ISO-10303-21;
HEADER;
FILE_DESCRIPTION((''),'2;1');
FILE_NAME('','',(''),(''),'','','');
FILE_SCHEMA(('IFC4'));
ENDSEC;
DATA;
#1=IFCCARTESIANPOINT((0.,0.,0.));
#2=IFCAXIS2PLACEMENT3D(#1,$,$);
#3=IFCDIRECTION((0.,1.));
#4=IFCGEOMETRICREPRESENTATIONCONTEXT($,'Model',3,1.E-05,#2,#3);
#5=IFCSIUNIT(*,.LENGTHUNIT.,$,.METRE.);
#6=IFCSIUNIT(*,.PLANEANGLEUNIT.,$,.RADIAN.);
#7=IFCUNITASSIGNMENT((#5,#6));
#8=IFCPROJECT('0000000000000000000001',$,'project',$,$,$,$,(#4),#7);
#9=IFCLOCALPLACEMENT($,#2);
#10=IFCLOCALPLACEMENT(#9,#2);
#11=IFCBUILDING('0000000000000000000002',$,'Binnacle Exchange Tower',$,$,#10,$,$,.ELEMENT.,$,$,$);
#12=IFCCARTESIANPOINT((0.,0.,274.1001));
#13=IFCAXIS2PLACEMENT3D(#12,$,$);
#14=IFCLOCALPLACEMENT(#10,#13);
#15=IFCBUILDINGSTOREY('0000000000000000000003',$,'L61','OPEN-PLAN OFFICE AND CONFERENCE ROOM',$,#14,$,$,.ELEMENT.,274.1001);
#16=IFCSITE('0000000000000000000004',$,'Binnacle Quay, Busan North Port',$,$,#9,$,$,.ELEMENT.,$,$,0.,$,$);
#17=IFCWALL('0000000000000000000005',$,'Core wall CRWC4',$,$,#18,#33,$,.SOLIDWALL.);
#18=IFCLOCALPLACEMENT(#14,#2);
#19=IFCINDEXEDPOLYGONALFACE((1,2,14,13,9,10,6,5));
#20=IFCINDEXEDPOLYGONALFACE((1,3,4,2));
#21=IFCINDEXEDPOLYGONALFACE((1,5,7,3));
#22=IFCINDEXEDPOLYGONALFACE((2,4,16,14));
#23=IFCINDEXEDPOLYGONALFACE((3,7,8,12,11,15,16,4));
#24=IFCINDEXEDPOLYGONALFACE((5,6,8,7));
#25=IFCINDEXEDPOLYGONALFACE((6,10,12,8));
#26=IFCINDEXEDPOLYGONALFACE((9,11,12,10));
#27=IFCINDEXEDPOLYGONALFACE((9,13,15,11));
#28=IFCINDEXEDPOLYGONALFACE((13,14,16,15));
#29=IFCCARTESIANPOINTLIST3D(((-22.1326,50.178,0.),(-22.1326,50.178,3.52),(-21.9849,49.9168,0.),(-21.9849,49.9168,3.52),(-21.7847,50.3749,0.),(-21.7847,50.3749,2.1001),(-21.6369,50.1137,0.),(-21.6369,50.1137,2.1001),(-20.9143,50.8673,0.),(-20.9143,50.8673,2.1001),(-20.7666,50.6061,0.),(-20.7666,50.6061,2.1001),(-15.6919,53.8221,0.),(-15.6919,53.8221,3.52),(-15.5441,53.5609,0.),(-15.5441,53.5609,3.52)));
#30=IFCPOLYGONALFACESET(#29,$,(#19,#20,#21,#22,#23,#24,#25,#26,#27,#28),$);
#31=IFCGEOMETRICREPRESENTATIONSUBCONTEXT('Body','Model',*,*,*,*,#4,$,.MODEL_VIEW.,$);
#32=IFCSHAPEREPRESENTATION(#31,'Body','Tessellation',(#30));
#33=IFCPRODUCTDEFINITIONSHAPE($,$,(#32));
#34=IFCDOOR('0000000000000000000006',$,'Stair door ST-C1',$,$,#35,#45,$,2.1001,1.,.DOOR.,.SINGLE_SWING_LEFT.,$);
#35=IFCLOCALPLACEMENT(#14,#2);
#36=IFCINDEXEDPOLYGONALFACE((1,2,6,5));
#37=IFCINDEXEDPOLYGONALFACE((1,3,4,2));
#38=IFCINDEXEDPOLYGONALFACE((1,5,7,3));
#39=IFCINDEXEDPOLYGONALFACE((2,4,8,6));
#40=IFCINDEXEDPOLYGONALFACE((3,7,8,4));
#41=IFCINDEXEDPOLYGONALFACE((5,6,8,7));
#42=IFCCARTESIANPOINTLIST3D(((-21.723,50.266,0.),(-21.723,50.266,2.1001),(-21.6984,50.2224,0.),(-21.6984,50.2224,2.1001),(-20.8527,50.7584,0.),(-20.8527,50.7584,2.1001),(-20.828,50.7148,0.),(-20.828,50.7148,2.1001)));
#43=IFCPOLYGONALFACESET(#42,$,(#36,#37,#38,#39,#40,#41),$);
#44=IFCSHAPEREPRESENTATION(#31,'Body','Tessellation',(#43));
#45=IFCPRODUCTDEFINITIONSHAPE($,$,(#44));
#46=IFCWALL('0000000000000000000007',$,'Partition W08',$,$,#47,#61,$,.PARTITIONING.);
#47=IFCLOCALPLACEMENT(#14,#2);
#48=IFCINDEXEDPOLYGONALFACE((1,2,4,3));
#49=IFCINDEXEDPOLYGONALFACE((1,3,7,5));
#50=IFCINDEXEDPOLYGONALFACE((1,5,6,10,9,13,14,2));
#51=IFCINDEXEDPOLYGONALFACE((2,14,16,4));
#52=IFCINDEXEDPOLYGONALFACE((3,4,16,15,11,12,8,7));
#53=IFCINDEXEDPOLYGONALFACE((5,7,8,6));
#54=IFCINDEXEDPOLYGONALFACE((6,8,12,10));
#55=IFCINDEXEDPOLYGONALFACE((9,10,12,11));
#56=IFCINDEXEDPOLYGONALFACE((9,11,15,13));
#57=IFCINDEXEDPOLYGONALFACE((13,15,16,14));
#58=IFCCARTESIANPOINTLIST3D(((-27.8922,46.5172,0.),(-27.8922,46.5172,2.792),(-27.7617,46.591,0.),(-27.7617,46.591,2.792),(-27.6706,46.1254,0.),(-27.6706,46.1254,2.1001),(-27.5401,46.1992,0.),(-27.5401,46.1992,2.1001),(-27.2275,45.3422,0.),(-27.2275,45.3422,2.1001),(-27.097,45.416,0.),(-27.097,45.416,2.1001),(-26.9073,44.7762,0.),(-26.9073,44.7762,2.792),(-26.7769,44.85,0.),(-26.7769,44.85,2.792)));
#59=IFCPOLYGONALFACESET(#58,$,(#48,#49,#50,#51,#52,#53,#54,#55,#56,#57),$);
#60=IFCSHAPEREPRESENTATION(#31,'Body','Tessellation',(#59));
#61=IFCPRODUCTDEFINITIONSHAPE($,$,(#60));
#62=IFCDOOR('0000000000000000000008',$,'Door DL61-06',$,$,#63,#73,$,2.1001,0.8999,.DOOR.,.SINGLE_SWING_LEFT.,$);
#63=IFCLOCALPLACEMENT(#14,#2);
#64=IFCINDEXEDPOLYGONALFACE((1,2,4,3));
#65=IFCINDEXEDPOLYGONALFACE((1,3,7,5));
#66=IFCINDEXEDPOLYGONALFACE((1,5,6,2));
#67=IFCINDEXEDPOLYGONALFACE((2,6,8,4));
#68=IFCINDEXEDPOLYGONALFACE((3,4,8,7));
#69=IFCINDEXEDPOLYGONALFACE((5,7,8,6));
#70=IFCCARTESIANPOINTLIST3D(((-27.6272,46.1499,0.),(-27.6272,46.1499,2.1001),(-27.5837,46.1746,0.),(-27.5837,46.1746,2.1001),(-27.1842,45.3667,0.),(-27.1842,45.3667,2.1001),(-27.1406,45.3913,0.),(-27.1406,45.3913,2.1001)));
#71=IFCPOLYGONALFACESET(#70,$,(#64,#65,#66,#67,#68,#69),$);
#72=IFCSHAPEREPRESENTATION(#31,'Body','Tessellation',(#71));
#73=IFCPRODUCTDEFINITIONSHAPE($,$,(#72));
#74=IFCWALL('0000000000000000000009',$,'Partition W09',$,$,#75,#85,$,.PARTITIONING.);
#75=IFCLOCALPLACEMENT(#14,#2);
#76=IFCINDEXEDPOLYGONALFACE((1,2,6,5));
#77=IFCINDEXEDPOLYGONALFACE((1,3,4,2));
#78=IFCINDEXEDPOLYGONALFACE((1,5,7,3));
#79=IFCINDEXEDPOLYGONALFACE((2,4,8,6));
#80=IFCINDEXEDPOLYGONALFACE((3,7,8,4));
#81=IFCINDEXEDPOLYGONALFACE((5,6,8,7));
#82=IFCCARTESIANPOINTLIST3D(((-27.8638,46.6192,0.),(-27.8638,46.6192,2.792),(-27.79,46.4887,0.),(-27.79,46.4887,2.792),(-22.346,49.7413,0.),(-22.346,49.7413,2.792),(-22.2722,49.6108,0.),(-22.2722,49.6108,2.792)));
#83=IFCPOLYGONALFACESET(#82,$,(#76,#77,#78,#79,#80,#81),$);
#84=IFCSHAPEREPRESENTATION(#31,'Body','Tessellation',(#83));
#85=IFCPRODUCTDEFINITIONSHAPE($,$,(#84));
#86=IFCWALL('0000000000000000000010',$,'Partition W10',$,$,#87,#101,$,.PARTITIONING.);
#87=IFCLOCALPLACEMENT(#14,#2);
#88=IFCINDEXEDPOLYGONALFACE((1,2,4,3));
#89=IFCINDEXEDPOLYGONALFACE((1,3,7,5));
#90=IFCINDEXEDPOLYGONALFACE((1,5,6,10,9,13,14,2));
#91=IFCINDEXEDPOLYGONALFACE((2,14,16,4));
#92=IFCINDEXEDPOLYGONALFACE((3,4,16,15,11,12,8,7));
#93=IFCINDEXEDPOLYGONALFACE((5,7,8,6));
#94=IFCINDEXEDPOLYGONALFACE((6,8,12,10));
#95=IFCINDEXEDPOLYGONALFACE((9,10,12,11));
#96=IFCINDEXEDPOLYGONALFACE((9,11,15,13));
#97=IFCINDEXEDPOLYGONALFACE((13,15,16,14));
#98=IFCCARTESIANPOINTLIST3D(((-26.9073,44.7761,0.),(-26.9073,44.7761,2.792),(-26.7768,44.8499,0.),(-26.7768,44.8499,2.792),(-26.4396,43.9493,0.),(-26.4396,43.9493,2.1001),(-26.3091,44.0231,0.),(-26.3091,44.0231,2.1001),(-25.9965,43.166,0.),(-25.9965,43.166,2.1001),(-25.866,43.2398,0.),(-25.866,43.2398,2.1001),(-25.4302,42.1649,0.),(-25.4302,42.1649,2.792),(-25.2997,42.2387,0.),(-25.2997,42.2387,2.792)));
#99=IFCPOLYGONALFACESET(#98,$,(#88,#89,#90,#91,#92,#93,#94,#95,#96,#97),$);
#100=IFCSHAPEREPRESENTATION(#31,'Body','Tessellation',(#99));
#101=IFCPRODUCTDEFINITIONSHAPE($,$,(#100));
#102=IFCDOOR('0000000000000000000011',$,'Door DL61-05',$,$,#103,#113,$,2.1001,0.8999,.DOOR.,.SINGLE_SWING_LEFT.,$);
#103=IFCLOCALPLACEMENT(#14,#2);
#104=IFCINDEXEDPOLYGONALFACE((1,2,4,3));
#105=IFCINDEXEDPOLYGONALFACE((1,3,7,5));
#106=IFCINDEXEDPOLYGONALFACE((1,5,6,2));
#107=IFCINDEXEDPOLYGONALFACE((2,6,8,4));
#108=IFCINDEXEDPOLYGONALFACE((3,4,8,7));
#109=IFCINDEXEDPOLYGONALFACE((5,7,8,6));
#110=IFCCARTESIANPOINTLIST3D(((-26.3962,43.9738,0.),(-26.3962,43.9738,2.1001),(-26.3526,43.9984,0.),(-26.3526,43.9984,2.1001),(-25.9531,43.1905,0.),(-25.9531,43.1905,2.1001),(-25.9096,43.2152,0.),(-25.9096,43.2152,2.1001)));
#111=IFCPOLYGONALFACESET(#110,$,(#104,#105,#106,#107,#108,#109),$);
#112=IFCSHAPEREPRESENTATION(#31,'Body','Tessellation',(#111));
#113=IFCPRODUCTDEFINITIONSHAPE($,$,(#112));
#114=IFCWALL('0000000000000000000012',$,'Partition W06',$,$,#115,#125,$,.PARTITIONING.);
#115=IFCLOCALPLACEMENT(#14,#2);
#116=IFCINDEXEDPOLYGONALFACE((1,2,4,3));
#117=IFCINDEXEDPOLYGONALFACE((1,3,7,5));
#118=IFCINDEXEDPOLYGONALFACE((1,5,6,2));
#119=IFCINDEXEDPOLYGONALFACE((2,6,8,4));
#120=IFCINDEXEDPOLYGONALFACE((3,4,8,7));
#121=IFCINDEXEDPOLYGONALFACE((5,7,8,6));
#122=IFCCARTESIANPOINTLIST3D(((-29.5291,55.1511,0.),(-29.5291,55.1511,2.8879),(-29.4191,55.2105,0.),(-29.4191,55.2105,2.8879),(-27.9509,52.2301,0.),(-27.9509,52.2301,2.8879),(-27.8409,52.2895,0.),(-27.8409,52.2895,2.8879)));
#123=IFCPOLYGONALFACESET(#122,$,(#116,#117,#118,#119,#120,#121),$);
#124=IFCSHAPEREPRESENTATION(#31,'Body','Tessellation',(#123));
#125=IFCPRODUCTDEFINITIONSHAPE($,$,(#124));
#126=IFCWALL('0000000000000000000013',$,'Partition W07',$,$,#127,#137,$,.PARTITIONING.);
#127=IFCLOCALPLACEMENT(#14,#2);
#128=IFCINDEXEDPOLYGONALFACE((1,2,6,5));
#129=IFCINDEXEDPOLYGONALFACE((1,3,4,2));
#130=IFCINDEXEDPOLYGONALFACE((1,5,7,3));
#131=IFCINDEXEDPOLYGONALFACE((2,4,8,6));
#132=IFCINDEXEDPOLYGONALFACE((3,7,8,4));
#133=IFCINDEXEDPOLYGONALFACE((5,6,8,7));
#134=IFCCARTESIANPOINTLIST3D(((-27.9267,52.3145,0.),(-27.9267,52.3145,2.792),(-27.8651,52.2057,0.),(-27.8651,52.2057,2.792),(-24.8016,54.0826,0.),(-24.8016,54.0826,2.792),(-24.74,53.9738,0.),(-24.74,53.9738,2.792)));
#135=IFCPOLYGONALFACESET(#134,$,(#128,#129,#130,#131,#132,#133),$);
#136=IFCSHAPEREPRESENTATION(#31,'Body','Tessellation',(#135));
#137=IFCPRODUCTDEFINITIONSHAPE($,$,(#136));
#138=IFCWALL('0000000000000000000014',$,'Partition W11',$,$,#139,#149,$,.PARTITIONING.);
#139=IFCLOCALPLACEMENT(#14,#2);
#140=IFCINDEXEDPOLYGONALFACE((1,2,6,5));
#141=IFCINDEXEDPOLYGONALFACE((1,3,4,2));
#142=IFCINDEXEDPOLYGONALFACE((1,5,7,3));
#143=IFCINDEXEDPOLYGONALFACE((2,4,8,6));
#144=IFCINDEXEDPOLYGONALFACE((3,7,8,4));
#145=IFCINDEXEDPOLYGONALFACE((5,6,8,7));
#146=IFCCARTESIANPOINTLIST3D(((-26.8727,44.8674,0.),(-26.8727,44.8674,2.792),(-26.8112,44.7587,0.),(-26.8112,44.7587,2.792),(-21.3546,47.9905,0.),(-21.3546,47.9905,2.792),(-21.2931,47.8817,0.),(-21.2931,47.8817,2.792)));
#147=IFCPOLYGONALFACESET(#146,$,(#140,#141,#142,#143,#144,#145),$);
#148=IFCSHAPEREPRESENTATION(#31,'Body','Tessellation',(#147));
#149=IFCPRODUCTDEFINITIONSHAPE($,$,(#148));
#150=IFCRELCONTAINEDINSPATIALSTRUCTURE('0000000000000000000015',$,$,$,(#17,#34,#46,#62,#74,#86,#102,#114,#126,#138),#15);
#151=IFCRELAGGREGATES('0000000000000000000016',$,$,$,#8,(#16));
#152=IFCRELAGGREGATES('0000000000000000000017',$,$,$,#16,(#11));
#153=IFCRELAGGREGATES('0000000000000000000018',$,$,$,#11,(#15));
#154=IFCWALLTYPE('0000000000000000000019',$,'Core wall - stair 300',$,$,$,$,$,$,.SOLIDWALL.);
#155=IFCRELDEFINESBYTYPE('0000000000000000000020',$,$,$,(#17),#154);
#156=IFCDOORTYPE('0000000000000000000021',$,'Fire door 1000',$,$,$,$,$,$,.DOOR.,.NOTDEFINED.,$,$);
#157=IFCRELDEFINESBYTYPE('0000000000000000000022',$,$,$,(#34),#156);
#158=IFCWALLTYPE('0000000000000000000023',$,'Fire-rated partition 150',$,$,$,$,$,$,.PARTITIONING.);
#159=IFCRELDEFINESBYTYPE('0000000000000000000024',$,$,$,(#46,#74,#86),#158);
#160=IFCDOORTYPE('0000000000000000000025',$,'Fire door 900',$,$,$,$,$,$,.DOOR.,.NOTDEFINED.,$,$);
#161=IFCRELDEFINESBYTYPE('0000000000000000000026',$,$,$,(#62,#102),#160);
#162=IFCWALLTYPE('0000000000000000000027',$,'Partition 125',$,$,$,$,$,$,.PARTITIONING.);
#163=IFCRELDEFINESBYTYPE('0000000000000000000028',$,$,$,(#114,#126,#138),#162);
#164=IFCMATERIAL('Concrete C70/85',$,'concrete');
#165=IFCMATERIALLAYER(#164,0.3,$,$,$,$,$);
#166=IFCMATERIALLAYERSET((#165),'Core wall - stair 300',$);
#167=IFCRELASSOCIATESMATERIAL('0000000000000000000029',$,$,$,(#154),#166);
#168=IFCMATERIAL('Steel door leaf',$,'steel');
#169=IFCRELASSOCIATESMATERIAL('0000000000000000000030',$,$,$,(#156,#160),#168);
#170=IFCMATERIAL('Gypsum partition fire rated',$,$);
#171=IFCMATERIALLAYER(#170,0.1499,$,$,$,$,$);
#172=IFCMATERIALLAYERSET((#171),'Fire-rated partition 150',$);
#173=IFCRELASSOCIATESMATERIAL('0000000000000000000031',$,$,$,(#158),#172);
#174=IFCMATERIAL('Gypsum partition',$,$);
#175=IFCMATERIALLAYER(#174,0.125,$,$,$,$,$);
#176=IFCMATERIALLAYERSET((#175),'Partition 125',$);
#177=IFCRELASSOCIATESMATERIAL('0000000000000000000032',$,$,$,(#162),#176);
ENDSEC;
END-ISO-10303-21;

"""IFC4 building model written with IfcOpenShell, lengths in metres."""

from ifc_helpers import new_model, si_unit, direction, frame, frame_2d, origin, place, context, subcontext, project, spatial, rectangle, extrude, material, layer, layer_set, type_object, element, fill, save


model = new_model("IFC4")

# Units and contexts
model_context = context("Model", 3, precision=1e-05, world=origin(), true_north=direction((0.0, 1.0)))
body_context = subcontext(model_context, "Body", "Model", "MODEL_VIEW")
ifc_project = project(units=[si_unit("LENGTHUNIT", "METRE"), si_unit("PLANEANGLEUNIT", "RADIAN")], contexts=[model_context])

# Site, building, storey
site_placement = place(None, origin())
site = spatial("IfcSite", under=ifc_project, at=site_placement, Name="Binnacle Quay, Busan North Port", CompositionType="ELEMENT", RefElevation=0.0)
building_placement = place(site_placement, origin())
building = spatial("IfcBuilding", under=site, at=building_placement, Name="Binnacle Exchange Tower", CompositionType="ELEMENT")
storey_placement = place(building_placement, frame((0.0, 0.0, 274.1001)))
storey = spatial("IfcBuildingStorey", under=building, at=storey_placement, Name="L61", Description="OPEN-PLAN OFFICE AND CONFERENCE ROOM", CompositionType="ELEMENT", Elevation=274.1001)

# Shared definitions
ifc_material_1 = material(Name="Concrete C70/85", Category="concrete")

# Walls, openings, doors
ifc_layer_1 = layer(ifc_material_1, 0.3)
ifc_layer_set_1 = layer_set([ifc_layer_1], Name="Core wall - stair 300")
wall_type_1 = type_object("IfcWallType", Name="Core wall - stair 300", PredefinedType="SOLIDWALL", material=ifc_layer_set_1)
wall_1_placement = place(storey_placement, frame((-22.0588, 50.0474, 0.0), z_axis=(0.0, 0.0, 1.0), x_axis=(0.870351, 0.492432, 0.0)))
wall_1 = element("IfcWall", 1, at=wall_1_placement, inside=storey, type_object=wall_type_1, Name="Core wall CRWC4", PredefinedType="SOLIDWALL", context=body_context, shape_type="SweptSolid", body=[
    extrude(rectangle(XDim=7.4001, YDim=0.3, at=frame_2d((3.7002, 0.0))), origin(), (0.0, 0.0, 1.0), 3.52),
])
opening_1_placement = place(wall_1_placement, frame((0.3999, 0.0, 0.0)))
opening_1 = element("IfcOpeningElement", 2, at=opening_1_placement, cuts=wall_1, PredefinedType="OPENING", context=body_context, shape_type="SweptSolid", body=[
    extrude(rectangle(XDim=1.0, YDim=2.1001, at=frame_2d((0.5, 1.05))), frame((0.0, 0.1599, 0.0), z_axis=(0.0, -1.0, 0.0), x_axis=(1.0, 0.0, 0.0)), (0.0, 0.0, 1.0), 0.3201),
])
ifc_material_2 = material(Name="Steel door leaf", Category="steel")
door_type_1 = type_object("IfcDoorType", Name="Fire door 1000", OperationType="NOTDEFINED", PredefinedType="DOOR", material=ifc_material_2)
door_1_placement = place(opening_1_placement, origin())
door_1 = element("IfcDoor", 3, at=door_1_placement, inside=storey, type_object=door_type_1, Name="Stair door ST-C1", OperationType="SINGLE_SWING_LEFT", OverallHeight=2.1001, OverallWidth=1.0, PredefinedType="DOOR", context=body_context, shape_type="SweptSolid", body=[
    extrude(rectangle(XDim=1.0, YDim=2.1001, at=frame_2d((0.5, 1.05))), frame((0.0, 0.0249, 0.0), z_axis=(0.0, -1.0, 0.0), x_axis=(1.0, 0.0, 0.0)), (0.0, 0.0, 1.0), 0.05),
])
fill(opening_1, door_1)
ifc_material_3 = material(Name="Gypsum partition fire rated")
ifc_layer_2 = layer(ifc_material_3, 0.1499)
ifc_layer_set_2 = layer_set([ifc_layer_2], Name="Fire-rated partition 150")
wall_type_2 = type_object("IfcWallType", Name="Fire-rated partition 150", PredefinedType="PARTITIONING", material=ifc_layer_set_2)
wall_2_placement = place(storey_placement, frame((-27.8269, 46.554, 0.0), z_axis=(0.0, 0.0, 1.0), x_axis=(0.492375, -0.870383, 0.0)))
wall_2 = element("IfcWall", 4, at=wall_2_placement, inside=storey, type_object=wall_type_2, Name="Partition W08", PredefinedType="PARTITIONING", context=body_context, shape_type="SweptSolid", body=[
    extrude(rectangle(XDim=2.0002, YDim=0.1499, at=frame_2d((1.0, 0.0))), origin(), (0.0, 0.0, 1.0), 2.792),
])
opening_2_placement = place(wall_2_placement, frame((0.45, 0.0, 0.0)))
opening_2 = element("IfcOpeningElement", 5, at=opening_2_placement, cuts=wall_2, PredefinedType="OPENING", context=body_context, shape_type="SweptSolid", body=[
    extrude(rectangle(XDim=0.8999, YDim=2.1001, at=frame_2d((0.45, 1.05))), frame((0.0, 0.085, 0.0), z_axis=(0.0, -1.0, 0.0), x_axis=(1.0, 0.0, 0.0)), (0.0, 0.0, 1.0), 0.1699),
])
door_type_2 = type_object("IfcDoorType", Name="Fire door 900", OperationType="NOTDEFINED", PredefinedType="DOOR", material=ifc_material_2)
door_2_placement = place(opening_2_placement, origin())
door_2 = element("IfcDoor", 6, at=door_2_placement, inside=storey, type_object=door_type_2, Name="Door DL61-06", OperationType="SINGLE_SWING_LEFT", OverallHeight=2.1001, OverallWidth=0.8999, PredefinedType="DOOR", context=body_context, shape_type="SweptSolid", body=[
    extrude(rectangle(XDim=0.8999, YDim=2.1001, at=frame_2d((0.45, 1.05))), frame((0.0, 0.0249, 0.0), z_axis=(0.0, -1.0, 0.0), x_axis=(1.0, 0.0, 0.0)), (0.0, 0.0, 1.0), 0.05),
])
fill(opening_2, door_2)

# Wall
wall_3_placement = place(storey_placement, frame((-27.8269, 46.554, 0.0), z_axis=(0.0, 0.0, 1.0), x_axis=(0.87034, 0.492452, 0.0)))
element("IfcWall", 7, at=wall_3_placement, inside=storey, type_object=wall_type_2, Name="Partition W09", PredefinedType="PARTITIONING", context=body_context, shape_type="SweptSolid", body=[
    extrude(rectangle(XDim=6.3398, YDim=0.1499, at=frame_2d((3.1699, 0.0))), origin(), (0.0, 0.0, 1.0), 2.792),
])

# Wall, opening, door
wall_4_placement = place(storey_placement, frame((-26.842, 44.813, 0.0), z_axis=(0.0, 0.0, 1.0), x_axis=(0.492366, -0.870388, 0.0)))
wall_4 = element("IfcWall", 8, at=wall_4_placement, inside=storey, type_object=wall_type_2, Name="Partition W10", PredefinedType="PARTITIONING", context=body_context, shape_type="SweptSolid", body=[
    extrude(rectangle(XDim=3.0, YDim=0.1499, at=frame_2d((1.5, 0.0))), origin(), (0.0, 0.0, 1.0), 2.792),
])
opening_3_placement = place(wall_4_placement, frame((0.95, 0.0, 0.0)))
opening_3 = element("IfcOpeningElement", 9, at=opening_3_placement, cuts=wall_4, PredefinedType="OPENING", context=body_context, shape_type="SweptSolid", body=[
    extrude(rectangle(XDim=0.8999, YDim=2.1001, at=frame_2d((0.45, 1.05))), frame((0.0, 0.085, 0.0), z_axis=(0.0, -1.0, 0.0), x_axis=(1.0, 0.0, 0.0)), (0.0, 0.0, 1.0), 0.1699),
])
door_3_placement = place(opening_3_placement, origin())
door_3 = element("IfcDoor", 10, at=door_3_placement, inside=storey, type_object=door_type_2, Name="Door DL61-05", OperationType="SINGLE_SWING_LEFT", OverallHeight=2.1001, OverallWidth=0.8999, PredefinedType="DOOR", context=body_context, shape_type="SweptSolid", body=[
    extrude(rectangle(XDim=0.8999, YDim=2.1001, at=frame_2d((0.45, 1.05))), frame((0.0, 0.0249, 0.0), z_axis=(0.0, -1.0, 0.0), x_axis=(1.0, 0.0, 0.0)), (0.0, 0.0, 1.0), 0.05),
])
fill(opening_3, door_3)

# Walls
ifc_material_4 = material(Name="Gypsum partition")
ifc_layer_3 = layer(ifc_material_4, 0.125)
ifc_layer_set_3 = layer_set([ifc_layer_3], Name="Partition 125")
wall_type_3 = type_object("IfcWallType", Name="Partition 125", PredefinedType="PARTITIONING", material=ifc_layer_set_3)
wall_5_placement = place(storey_placement, frame((-29.4741, 55.1809, 0.0), z_axis=(0.0, 0.0, 1.0), x_axis=(0.475345, -0.8798, 0.0)))
element("IfcWall", 11, at=wall_5_placement, inside=storey, type_object=wall_type_3, Name="Partition W06", PredefinedType="PARTITIONING", context=body_context, shape_type="SweptSolid", body=[
    extrude(rectangle(XDim=3.3201, YDim=0.125, at=frame_2d((1.6602, 0.0))), origin(), (0.0, 0.0, 1.0), 2.8879),
])
wall_6_placement = place(storey_placement, frame((-27.896, 52.26, 0.0), z_axis=(0.0, 0.0, 1.0), x_axis=(0.870353, 0.492429, 0.0)))
element("IfcWall", 12, at=wall_6_placement, inside=storey, type_object=wall_type_3, Name="Partition W07", PredefinedType="PARTITIONING", context=body_context, shape_type="SweptSolid", body=[
    extrude(rectangle(XDim=3.5906, YDim=0.125, at=frame_2d((1.7954, 0.0))), origin(), (0.0, 0.0, 1.0), 2.792),
])
wall_7_placement = place(storey_placement, frame((-26.842, 44.813, 0.0), z_axis=(0.0, 0.0, 1.0), x_axis=(0.870283, 0.492552, 0.0)))
element("IfcWall", 13, at=wall_7_placement, inside=storey, type_object=wall_type_3, Name="Partition W11", PredefinedType="PARTITIONING", context=body_context, shape_type="SweptSolid", body=[
    extrude(rectangle(XDim=6.3406, YDim=0.125, at=frame_2d((3.1704, 0.0))), origin(), (0.0, 0.0, 1.0), 2.792),
])

save(model, "model.ifc")
